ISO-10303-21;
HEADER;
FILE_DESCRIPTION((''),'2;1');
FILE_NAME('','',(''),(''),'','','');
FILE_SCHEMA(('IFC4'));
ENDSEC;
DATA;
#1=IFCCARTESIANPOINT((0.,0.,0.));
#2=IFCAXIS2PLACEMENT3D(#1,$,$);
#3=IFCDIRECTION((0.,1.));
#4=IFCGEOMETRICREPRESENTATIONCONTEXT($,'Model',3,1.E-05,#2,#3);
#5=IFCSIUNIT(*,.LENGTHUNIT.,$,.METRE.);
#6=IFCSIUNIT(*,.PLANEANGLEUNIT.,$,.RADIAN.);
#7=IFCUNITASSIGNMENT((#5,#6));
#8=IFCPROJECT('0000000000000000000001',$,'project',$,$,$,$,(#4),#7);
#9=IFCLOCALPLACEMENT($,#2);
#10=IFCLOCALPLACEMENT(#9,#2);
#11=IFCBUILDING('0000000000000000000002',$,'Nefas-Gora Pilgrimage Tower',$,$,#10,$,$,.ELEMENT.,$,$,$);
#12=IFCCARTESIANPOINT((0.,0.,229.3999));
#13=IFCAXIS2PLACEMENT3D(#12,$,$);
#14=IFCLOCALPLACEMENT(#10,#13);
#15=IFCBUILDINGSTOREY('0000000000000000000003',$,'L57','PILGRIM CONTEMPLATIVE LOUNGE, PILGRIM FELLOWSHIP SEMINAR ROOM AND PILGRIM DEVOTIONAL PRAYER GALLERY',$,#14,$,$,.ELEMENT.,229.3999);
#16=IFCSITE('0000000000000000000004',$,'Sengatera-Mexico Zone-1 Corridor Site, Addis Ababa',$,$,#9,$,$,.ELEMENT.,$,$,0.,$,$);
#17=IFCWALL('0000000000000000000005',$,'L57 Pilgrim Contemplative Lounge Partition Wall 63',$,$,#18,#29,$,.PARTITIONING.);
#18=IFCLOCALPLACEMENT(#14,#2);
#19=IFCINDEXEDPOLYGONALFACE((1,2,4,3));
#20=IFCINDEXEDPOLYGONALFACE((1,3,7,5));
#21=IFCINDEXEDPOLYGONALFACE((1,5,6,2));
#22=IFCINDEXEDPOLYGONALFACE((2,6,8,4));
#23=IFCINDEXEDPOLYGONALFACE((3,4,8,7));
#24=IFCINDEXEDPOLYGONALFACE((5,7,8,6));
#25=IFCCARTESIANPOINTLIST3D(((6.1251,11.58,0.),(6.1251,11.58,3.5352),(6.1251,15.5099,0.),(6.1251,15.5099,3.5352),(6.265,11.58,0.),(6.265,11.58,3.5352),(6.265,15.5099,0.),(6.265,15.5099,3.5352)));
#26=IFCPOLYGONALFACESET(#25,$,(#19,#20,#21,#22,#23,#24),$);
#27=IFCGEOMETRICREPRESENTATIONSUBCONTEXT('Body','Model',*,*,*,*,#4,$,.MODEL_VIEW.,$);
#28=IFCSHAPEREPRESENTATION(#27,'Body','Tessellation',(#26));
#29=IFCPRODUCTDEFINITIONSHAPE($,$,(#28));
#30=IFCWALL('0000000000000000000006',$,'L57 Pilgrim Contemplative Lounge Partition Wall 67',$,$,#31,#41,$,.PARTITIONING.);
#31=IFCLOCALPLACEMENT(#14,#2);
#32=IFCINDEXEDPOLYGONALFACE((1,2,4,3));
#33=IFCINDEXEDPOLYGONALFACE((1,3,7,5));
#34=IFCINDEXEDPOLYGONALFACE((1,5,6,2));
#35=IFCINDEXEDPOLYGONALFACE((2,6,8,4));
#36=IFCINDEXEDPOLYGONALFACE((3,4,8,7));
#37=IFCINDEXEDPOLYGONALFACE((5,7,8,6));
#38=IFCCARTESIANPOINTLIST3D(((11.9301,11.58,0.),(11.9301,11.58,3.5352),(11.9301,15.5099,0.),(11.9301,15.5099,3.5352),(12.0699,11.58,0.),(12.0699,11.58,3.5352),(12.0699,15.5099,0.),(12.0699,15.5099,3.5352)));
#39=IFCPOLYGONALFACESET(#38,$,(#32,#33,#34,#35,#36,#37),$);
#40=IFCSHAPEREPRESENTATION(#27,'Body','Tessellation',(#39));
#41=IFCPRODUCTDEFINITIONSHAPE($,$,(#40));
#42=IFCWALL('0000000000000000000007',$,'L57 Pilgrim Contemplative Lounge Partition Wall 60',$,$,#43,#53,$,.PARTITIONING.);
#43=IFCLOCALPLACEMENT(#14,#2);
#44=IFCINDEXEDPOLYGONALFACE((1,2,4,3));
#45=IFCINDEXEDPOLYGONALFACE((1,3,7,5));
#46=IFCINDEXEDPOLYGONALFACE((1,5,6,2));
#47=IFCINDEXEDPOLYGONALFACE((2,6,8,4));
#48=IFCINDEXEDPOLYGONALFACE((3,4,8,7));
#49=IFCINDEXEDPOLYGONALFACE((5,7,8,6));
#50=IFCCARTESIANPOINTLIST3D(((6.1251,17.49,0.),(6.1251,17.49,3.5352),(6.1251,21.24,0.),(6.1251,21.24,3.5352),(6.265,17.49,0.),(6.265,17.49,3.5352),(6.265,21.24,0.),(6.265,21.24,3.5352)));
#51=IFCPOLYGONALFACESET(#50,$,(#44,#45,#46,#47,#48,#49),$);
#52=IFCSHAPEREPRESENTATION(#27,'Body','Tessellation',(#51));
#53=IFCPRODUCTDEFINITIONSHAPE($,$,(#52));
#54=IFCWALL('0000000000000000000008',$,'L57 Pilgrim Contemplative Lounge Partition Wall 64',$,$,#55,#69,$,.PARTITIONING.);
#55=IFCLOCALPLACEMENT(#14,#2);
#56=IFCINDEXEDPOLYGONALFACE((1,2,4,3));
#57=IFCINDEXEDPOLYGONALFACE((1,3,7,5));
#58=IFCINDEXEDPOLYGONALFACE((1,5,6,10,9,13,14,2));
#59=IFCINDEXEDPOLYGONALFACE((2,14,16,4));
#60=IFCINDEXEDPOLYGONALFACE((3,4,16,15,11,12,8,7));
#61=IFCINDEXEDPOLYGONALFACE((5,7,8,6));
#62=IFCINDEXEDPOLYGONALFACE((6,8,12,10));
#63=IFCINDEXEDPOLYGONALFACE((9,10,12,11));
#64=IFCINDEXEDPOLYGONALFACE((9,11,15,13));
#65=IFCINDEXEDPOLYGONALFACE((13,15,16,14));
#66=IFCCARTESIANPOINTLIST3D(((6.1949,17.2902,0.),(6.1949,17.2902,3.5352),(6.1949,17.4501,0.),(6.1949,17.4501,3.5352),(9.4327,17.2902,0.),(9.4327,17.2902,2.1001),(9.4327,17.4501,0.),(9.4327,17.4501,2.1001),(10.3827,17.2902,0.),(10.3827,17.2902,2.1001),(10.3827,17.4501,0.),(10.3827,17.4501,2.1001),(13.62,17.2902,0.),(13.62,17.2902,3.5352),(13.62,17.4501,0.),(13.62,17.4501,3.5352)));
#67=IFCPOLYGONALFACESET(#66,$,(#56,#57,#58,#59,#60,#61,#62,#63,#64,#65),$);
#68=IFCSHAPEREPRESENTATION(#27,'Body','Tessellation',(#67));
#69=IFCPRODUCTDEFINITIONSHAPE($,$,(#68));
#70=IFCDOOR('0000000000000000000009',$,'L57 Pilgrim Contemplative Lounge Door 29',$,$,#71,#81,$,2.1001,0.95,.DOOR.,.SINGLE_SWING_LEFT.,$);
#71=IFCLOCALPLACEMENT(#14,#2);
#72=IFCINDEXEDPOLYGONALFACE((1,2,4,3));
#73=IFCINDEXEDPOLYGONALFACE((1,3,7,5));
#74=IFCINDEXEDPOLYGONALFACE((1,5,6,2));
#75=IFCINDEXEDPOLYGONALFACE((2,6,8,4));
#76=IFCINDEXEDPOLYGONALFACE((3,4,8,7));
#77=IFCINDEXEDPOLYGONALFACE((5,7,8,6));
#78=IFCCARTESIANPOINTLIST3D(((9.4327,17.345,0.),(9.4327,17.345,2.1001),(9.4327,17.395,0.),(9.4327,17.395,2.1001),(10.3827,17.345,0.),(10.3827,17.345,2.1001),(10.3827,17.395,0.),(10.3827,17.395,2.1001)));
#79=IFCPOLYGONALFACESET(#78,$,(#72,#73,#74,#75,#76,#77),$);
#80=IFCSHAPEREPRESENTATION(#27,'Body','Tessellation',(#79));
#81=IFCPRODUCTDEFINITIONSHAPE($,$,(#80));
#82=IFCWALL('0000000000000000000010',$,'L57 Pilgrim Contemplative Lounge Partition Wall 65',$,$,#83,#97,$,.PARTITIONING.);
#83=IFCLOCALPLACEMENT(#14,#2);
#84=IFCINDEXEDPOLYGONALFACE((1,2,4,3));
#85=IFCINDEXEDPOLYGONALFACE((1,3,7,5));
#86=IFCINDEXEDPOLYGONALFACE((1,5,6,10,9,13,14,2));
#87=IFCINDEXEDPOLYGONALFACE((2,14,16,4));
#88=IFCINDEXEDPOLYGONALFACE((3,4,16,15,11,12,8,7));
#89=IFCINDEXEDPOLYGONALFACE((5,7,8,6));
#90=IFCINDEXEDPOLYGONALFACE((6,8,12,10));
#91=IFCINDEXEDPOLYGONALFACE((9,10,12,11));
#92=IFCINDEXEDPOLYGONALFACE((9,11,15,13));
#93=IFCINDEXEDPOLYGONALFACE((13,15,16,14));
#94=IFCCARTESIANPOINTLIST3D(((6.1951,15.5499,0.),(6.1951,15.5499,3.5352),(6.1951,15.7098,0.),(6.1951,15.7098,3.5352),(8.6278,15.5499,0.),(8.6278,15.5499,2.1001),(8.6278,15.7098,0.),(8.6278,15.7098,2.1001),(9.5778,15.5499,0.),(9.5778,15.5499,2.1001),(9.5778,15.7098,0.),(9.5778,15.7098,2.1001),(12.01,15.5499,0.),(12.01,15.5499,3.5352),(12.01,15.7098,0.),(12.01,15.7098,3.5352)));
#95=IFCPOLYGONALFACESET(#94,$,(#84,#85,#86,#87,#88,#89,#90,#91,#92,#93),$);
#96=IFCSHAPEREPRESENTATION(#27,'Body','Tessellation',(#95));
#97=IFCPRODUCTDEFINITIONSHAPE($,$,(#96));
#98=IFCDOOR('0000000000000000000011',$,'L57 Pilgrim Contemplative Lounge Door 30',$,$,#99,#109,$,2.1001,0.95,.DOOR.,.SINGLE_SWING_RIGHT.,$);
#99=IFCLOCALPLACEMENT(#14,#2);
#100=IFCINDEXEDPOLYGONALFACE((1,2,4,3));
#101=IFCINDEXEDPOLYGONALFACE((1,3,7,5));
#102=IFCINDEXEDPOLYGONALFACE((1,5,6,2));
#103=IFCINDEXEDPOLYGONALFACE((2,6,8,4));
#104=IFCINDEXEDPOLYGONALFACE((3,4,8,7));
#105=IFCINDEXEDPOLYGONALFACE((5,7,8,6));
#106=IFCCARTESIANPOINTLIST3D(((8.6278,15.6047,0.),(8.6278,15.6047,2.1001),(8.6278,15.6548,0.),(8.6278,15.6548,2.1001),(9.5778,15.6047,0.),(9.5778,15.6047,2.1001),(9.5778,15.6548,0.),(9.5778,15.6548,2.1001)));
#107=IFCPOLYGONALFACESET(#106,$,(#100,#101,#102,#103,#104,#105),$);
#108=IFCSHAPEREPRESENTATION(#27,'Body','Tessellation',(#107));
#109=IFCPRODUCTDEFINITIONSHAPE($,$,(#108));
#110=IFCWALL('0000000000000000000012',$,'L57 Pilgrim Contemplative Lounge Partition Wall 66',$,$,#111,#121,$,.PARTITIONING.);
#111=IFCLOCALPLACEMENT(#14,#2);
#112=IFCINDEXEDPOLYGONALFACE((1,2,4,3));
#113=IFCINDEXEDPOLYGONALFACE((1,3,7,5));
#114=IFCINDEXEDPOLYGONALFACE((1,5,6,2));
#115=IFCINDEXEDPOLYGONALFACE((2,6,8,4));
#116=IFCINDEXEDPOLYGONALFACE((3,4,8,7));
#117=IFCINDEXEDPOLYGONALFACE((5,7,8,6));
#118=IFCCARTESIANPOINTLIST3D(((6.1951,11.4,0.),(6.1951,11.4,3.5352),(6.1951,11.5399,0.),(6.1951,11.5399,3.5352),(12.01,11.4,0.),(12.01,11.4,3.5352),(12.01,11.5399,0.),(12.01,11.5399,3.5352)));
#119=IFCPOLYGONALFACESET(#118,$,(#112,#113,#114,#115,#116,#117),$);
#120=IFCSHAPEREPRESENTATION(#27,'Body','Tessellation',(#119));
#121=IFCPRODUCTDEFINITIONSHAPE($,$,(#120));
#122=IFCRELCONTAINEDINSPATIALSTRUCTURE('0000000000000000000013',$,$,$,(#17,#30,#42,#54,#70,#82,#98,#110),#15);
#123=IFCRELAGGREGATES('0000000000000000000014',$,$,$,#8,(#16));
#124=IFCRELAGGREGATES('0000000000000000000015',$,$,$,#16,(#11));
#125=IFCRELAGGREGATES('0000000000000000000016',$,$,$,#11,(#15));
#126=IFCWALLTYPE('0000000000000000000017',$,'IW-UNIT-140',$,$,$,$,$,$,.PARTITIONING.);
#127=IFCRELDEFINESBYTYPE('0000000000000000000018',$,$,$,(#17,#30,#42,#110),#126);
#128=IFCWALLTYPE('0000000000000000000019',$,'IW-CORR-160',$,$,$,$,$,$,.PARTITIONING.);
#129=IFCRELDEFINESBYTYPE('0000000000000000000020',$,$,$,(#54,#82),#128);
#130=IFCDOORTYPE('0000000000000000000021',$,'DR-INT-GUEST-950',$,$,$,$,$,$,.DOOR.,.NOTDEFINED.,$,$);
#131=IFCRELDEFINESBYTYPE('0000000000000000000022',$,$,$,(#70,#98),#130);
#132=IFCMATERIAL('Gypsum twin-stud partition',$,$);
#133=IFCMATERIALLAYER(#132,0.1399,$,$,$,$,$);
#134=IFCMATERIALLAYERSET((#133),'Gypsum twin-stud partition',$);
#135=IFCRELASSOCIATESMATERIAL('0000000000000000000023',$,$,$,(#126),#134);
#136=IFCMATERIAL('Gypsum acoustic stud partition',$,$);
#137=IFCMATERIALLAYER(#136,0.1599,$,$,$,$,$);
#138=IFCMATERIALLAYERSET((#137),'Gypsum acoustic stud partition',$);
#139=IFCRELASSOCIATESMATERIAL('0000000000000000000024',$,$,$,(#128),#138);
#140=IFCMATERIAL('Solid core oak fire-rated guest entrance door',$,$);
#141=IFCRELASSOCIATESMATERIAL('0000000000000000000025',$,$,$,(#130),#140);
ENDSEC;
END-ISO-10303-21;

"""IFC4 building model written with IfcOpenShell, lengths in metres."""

from ifc_helpers import new_model, si_unit, direction, frame, frame_2d, origin, place, context, subcontext, project, spatial, rectangle, extrude, source, transform, mapped, material, layer, layer_set, type_object, element, fill, save


model = new_model("IFC4")

# Units and contexts
model_context = context("Model", 3, precision=1e-05, world=origin(), true_north=direction((0.0, 1.0)))
body_context = subcontext(model_context, "Body", "Model", "MODEL_VIEW")
ifc_project = project(units=[si_unit("LENGTHUNIT", "METRE"), si_unit("PLANEANGLEUNIT", "RADIAN")], contexts=[model_context])

# Site, building, storey
site_placement = place(None, origin())
site = spatial("IfcSite", under=ifc_project, at=site_placement, Name="Sengatera-Mexico Zone-1 Corridor Site, Addis Ababa", CompositionType="ELEMENT", RefElevation=0.0)
building_placement = place(site_placement, origin())
building = spatial("IfcBuilding", under=site, at=building_placement, Name="Nefas-Gora Pilgrimage Tower", CompositionType="ELEMENT")
storey_placement = place(building_placement, frame((0.0, 0.0, 229.3999)))
storey = spatial("IfcBuildingStorey", under=building, at=storey_placement, Name="L57", Description="PILGRIM CONTEMPLATIVE LOUNGE, PILGRIM FELLOWSHIP SEMINAR ROOM AND PILGRIM DEVOTIONAL PRAYER GALLERY", CompositionType="ELEMENT", Elevation=229.3999)

# Walls
ifc_material_1 = material(Name="Gypsum twin-stud partition")
ifc_layer_1 = layer(ifc_material_1, 0.1399)
ifc_layer_set_1 = layer_set([ifc_layer_1], Name="Gypsum twin-stud partition")
wall_type_1 = type_object("IfcWallType", Name="IW-UNIT-140", PredefinedType="PARTITIONING", material=ifc_layer_set_1)
shared_shape_1 = source(origin(), body_context, "Body", "SweptSolid", [
    extrude(rectangle(XDim=3.9299, YDim=0.1399, at=frame_2d((1.9648, 0.0))), origin(), (0.0, 0.0, 1.0), 3.5352),
])
for number, where, z_axis, x_axis, name in (
    (1, (6.1951, 11.5801, 0.0), (0.0, 0.0, 1.0), (0.0, 1.0, 0.0), "L57 Pilgrim Contemplative Lounge Partition Wall 63"),
    (2, (12.0, 11.5801, 0.0), (0.0, 0.0, 1.0), (0.0, 1.0, 0.0), "L57 Pilgrim Contemplative Lounge Partition Wall 67"),
):
    element("IfcWall", number, at=place(storey_placement, frame(where, z_axis=z_axis, x_axis=x_axis)), inside=storey, type_object=wall_type_1, Name=name, PredefinedType="PARTITIONING", context=body_context, shape_type="MappedRepresentation", body=[
        mapped(shared_shape_1, transform((0.0, 0.0, 0.0), x_axis=(1.0, 0.0, 0.0), y_axis=(0.0, 1.0, 0.0), z_axis=(0.0, 0.0, 1.0), scale=1.0)),
    ])
shared_shape_2 = source(origin(), body_context, "Body", "SweptSolid", [
    extrude(rectangle(XDim=3.75, YDim=0.1399, at=frame_2d((1.875, 0.0))), origin(), (0.0, 0.0, 1.0), 3.5352),
])
wall_1_placement = place(storey_placement, frame((6.1951, 17.49, 0.0), z_axis=(0.0, 0.0, 1.0), x_axis=(0.0, 1.0, 0.0)))
element("IfcWall", 3, at=wall_1_placement, inside=storey, type_object=wall_type_1, Name="L57 Pilgrim Contemplative Lounge Partition Wall 60", PredefinedType="PARTITIONING", context=body_context, shape_type="MappedRepresentation", body=[
    mapped(shared_shape_2, transform((0.0, 0.0, 0.0), x_axis=(1.0, 0.0, 0.0), y_axis=(0.0, 1.0, 0.0), z_axis=(0.0, 0.0, 1.0), scale=1.0)),
])

# Walls, openings, doors
ifc_material_2 = material(Name="Gypsum acoustic stud partition")
ifc_layer_2 = layer(ifc_material_2, 0.1599)
ifc_layer_set_2 = layer_set([ifc_layer_2], Name="Gypsum acoustic stud partition")
wall_type_2 = type_object("IfcWallType", Name="IW-CORR-160", PredefinedType="PARTITIONING", material=ifc_layer_set_2)
shared_shape_3 = source(origin(), body_context, "Body", "SweptSolid", [
    extrude(rectangle(XDim=7.425, YDim=0.1599, at=frame_2d((3.7124, 0.0))), origin(), (0.0, 0.0, 1.0), 3.5352),
])
wall_2_placement = place(storey_placement, frame((6.1951, 17.3701, 0.0), z_axis=(0.0, 0.0, 1.0), x_axis=(1.0, 0.0, 0.0)))
wall_2 = element("IfcWall", 4, at=wall_2_placement, inside=storey, type_object=wall_type_2, Name="L57 Pilgrim Contemplative Lounge Partition Wall 64", PredefinedType="PARTITIONING", context=body_context, shape_type="MappedRepresentation", body=[
    mapped(shared_shape_3, transform((0.0, 0.0, 0.0), x_axis=(1.0, 0.0, 0.0), y_axis=(0.0, 1.0, 0.0), z_axis=(0.0, 0.0, 1.0), scale=1.0)),
])
opening_1_placement = place(wall_2_placement, frame((3.2375, 0.0, 0.0)))
opening_1 = element("IfcOpeningElement", 5, at=opening_1_placement, cuts=wall_2, PredefinedType="OPENING", context=body_context, shape_type="SweptSolid", body=[
    extrude(rectangle(XDim=0.95, YDim=2.1001, at=frame_2d((0.4751, 1.05))), frame((0.0, 0.0898, 0.0), z_axis=(0.0, -1.0, 0.0), x_axis=(1.0, 0.0, 0.0)), (0.0, 0.0, 1.0), 0.1799),
])
ifc_material_3 = material(Name="Solid core oak fire-rated guest entrance door")
door_type = type_object("IfcDoorType", Name="DR-INT-GUEST-950", OperationType="NOTDEFINED", PredefinedType="DOOR", material=ifc_material_3)
shared_shape_4 = source(origin(), body_context, "Body", "SweptSolid", [
    extrude(rectangle(XDim=0.95, YDim=2.1001, at=frame_2d((0.4751, 1.05))), frame((0.0, 0.0249, 0.0), z_axis=(0.0, -1.0, 0.0), x_axis=(1.0, 0.0, 0.0)), (0.0, 0.0, 1.0), 0.05),
])
door_1_placement = place(opening_1_placement, origin())
door_1 = element("IfcDoor", 6, at=door_1_placement, inside=storey, type_object=door_type, Name="L57 Pilgrim Contemplative Lounge Door 29", OperationType="SINGLE_SWING_LEFT", OverallHeight=2.1001, OverallWidth=0.95, PredefinedType="DOOR", context=body_context, shape_type="MappedRepresentation", body=[
    mapped(shared_shape_4, transform((0.0, 0.0, 0.0), x_axis=(1.0, 0.0, 0.0), y_axis=(0.0, 1.0, 0.0), z_axis=(0.0, 0.0, 1.0), scale=1.0)),
])
fill(opening_1, door_1)
shared_shape_5 = source(origin(), body_context, "Body", "SweptSolid", [
    extrude(rectangle(XDim=5.8149, YDim=0.1599, at=frame_2d((2.9075, 0.0))), origin(), (0.0, 0.0, 1.0), 3.5352),
])
wall_3_placement = place(storey_placement, frame((6.1951, 15.6299, 0.0), z_axis=(0.0, 0.0, 1.0), x_axis=(1.0, 0.0, 0.0)))
wall_3 = element("IfcWall", 7, at=wall_3_placement, inside=storey, type_object=wall_type_2, Name="L57 Pilgrim Contemplative Lounge Partition Wall 65", PredefinedType="PARTITIONING", context=body_context, shape_type="MappedRepresentation", body=[
    mapped(shared_shape_5, transform((0.0, 0.0, 0.0), x_axis=(1.0, 0.0, 0.0), y_axis=(0.0, 1.0, 0.0), z_axis=(0.0, 0.0, 1.0), scale=1.0)),
])
opening_2_placement = place(wall_3_placement, frame((2.4326, 0.0, 0.0)))
opening_2 = element("IfcOpeningElement", 8, at=opening_2_placement, cuts=wall_3, PredefinedType="OPENING", context=body_context, shape_type="SweptSolid", body=[
    extrude(rectangle(XDim=0.95, YDim=2.1001, at=frame_2d((0.4751, 1.05))), frame((0.0, 0.0898, 0.0), z_axis=(0.0, -1.0, 0.0), x_axis=(1.0, 0.0, 0.0)), (0.0, 0.0, 1.0), 0.1799),
])
door_2_placement = place(opening_2_placement, origin())
door_2 = element("IfcDoor", 9, at=door_2_placement, inside=storey, type_object=door_type, Name="L57 Pilgrim Contemplative Lounge Door 30", OperationType="SINGLE_SWING_RIGHT", OverallHeight=2.1001, OverallWidth=0.95, PredefinedType="DOOR", context=body_context, shape_type="MappedRepresentation", body=[
    mapped(shared_shape_4, transform((0.0, 0.0, 0.0), x_axis=(1.0, 0.0, 0.0), y_axis=(0.0, 1.0, 0.0), z_axis=(0.0, 0.0, 1.0), scale=1.0)),
])
fill(opening_2, door_2)

# Wall
shared_shape_6 = source(origin(), body_context, "Body", "SweptSolid", [
    extrude(rectangle(XDim=5.8149, YDim=0.1399, at=frame_2d((2.9075, 0.0))), origin(), (0.0, 0.0, 1.0), 3.5352),
])
wall_4_placement = place(storey_placement, frame((6.1951, 11.47, 0.0), z_axis=(0.0, 0.0, 1.0), x_axis=(1.0, 0.0, 0.0)))
element("IfcWall", 10, at=wall_4_placement, inside=storey, type_object=wall_type_1, Name="L57 Pilgrim Contemplative Lounge Partition Wall 66", PredefinedType="PARTITIONING", context=body_context, shape_type="MappedRepresentation", body=[
    mapped(shared_shape_6, transform((0.0, 0.0, 0.0), x_axis=(1.0, 0.0, 0.0), y_axis=(0.0, 1.0, 0.0), z_axis=(0.0, 0.0, 1.0), scale=1.0)),
])

save(model, "model.ifc")
